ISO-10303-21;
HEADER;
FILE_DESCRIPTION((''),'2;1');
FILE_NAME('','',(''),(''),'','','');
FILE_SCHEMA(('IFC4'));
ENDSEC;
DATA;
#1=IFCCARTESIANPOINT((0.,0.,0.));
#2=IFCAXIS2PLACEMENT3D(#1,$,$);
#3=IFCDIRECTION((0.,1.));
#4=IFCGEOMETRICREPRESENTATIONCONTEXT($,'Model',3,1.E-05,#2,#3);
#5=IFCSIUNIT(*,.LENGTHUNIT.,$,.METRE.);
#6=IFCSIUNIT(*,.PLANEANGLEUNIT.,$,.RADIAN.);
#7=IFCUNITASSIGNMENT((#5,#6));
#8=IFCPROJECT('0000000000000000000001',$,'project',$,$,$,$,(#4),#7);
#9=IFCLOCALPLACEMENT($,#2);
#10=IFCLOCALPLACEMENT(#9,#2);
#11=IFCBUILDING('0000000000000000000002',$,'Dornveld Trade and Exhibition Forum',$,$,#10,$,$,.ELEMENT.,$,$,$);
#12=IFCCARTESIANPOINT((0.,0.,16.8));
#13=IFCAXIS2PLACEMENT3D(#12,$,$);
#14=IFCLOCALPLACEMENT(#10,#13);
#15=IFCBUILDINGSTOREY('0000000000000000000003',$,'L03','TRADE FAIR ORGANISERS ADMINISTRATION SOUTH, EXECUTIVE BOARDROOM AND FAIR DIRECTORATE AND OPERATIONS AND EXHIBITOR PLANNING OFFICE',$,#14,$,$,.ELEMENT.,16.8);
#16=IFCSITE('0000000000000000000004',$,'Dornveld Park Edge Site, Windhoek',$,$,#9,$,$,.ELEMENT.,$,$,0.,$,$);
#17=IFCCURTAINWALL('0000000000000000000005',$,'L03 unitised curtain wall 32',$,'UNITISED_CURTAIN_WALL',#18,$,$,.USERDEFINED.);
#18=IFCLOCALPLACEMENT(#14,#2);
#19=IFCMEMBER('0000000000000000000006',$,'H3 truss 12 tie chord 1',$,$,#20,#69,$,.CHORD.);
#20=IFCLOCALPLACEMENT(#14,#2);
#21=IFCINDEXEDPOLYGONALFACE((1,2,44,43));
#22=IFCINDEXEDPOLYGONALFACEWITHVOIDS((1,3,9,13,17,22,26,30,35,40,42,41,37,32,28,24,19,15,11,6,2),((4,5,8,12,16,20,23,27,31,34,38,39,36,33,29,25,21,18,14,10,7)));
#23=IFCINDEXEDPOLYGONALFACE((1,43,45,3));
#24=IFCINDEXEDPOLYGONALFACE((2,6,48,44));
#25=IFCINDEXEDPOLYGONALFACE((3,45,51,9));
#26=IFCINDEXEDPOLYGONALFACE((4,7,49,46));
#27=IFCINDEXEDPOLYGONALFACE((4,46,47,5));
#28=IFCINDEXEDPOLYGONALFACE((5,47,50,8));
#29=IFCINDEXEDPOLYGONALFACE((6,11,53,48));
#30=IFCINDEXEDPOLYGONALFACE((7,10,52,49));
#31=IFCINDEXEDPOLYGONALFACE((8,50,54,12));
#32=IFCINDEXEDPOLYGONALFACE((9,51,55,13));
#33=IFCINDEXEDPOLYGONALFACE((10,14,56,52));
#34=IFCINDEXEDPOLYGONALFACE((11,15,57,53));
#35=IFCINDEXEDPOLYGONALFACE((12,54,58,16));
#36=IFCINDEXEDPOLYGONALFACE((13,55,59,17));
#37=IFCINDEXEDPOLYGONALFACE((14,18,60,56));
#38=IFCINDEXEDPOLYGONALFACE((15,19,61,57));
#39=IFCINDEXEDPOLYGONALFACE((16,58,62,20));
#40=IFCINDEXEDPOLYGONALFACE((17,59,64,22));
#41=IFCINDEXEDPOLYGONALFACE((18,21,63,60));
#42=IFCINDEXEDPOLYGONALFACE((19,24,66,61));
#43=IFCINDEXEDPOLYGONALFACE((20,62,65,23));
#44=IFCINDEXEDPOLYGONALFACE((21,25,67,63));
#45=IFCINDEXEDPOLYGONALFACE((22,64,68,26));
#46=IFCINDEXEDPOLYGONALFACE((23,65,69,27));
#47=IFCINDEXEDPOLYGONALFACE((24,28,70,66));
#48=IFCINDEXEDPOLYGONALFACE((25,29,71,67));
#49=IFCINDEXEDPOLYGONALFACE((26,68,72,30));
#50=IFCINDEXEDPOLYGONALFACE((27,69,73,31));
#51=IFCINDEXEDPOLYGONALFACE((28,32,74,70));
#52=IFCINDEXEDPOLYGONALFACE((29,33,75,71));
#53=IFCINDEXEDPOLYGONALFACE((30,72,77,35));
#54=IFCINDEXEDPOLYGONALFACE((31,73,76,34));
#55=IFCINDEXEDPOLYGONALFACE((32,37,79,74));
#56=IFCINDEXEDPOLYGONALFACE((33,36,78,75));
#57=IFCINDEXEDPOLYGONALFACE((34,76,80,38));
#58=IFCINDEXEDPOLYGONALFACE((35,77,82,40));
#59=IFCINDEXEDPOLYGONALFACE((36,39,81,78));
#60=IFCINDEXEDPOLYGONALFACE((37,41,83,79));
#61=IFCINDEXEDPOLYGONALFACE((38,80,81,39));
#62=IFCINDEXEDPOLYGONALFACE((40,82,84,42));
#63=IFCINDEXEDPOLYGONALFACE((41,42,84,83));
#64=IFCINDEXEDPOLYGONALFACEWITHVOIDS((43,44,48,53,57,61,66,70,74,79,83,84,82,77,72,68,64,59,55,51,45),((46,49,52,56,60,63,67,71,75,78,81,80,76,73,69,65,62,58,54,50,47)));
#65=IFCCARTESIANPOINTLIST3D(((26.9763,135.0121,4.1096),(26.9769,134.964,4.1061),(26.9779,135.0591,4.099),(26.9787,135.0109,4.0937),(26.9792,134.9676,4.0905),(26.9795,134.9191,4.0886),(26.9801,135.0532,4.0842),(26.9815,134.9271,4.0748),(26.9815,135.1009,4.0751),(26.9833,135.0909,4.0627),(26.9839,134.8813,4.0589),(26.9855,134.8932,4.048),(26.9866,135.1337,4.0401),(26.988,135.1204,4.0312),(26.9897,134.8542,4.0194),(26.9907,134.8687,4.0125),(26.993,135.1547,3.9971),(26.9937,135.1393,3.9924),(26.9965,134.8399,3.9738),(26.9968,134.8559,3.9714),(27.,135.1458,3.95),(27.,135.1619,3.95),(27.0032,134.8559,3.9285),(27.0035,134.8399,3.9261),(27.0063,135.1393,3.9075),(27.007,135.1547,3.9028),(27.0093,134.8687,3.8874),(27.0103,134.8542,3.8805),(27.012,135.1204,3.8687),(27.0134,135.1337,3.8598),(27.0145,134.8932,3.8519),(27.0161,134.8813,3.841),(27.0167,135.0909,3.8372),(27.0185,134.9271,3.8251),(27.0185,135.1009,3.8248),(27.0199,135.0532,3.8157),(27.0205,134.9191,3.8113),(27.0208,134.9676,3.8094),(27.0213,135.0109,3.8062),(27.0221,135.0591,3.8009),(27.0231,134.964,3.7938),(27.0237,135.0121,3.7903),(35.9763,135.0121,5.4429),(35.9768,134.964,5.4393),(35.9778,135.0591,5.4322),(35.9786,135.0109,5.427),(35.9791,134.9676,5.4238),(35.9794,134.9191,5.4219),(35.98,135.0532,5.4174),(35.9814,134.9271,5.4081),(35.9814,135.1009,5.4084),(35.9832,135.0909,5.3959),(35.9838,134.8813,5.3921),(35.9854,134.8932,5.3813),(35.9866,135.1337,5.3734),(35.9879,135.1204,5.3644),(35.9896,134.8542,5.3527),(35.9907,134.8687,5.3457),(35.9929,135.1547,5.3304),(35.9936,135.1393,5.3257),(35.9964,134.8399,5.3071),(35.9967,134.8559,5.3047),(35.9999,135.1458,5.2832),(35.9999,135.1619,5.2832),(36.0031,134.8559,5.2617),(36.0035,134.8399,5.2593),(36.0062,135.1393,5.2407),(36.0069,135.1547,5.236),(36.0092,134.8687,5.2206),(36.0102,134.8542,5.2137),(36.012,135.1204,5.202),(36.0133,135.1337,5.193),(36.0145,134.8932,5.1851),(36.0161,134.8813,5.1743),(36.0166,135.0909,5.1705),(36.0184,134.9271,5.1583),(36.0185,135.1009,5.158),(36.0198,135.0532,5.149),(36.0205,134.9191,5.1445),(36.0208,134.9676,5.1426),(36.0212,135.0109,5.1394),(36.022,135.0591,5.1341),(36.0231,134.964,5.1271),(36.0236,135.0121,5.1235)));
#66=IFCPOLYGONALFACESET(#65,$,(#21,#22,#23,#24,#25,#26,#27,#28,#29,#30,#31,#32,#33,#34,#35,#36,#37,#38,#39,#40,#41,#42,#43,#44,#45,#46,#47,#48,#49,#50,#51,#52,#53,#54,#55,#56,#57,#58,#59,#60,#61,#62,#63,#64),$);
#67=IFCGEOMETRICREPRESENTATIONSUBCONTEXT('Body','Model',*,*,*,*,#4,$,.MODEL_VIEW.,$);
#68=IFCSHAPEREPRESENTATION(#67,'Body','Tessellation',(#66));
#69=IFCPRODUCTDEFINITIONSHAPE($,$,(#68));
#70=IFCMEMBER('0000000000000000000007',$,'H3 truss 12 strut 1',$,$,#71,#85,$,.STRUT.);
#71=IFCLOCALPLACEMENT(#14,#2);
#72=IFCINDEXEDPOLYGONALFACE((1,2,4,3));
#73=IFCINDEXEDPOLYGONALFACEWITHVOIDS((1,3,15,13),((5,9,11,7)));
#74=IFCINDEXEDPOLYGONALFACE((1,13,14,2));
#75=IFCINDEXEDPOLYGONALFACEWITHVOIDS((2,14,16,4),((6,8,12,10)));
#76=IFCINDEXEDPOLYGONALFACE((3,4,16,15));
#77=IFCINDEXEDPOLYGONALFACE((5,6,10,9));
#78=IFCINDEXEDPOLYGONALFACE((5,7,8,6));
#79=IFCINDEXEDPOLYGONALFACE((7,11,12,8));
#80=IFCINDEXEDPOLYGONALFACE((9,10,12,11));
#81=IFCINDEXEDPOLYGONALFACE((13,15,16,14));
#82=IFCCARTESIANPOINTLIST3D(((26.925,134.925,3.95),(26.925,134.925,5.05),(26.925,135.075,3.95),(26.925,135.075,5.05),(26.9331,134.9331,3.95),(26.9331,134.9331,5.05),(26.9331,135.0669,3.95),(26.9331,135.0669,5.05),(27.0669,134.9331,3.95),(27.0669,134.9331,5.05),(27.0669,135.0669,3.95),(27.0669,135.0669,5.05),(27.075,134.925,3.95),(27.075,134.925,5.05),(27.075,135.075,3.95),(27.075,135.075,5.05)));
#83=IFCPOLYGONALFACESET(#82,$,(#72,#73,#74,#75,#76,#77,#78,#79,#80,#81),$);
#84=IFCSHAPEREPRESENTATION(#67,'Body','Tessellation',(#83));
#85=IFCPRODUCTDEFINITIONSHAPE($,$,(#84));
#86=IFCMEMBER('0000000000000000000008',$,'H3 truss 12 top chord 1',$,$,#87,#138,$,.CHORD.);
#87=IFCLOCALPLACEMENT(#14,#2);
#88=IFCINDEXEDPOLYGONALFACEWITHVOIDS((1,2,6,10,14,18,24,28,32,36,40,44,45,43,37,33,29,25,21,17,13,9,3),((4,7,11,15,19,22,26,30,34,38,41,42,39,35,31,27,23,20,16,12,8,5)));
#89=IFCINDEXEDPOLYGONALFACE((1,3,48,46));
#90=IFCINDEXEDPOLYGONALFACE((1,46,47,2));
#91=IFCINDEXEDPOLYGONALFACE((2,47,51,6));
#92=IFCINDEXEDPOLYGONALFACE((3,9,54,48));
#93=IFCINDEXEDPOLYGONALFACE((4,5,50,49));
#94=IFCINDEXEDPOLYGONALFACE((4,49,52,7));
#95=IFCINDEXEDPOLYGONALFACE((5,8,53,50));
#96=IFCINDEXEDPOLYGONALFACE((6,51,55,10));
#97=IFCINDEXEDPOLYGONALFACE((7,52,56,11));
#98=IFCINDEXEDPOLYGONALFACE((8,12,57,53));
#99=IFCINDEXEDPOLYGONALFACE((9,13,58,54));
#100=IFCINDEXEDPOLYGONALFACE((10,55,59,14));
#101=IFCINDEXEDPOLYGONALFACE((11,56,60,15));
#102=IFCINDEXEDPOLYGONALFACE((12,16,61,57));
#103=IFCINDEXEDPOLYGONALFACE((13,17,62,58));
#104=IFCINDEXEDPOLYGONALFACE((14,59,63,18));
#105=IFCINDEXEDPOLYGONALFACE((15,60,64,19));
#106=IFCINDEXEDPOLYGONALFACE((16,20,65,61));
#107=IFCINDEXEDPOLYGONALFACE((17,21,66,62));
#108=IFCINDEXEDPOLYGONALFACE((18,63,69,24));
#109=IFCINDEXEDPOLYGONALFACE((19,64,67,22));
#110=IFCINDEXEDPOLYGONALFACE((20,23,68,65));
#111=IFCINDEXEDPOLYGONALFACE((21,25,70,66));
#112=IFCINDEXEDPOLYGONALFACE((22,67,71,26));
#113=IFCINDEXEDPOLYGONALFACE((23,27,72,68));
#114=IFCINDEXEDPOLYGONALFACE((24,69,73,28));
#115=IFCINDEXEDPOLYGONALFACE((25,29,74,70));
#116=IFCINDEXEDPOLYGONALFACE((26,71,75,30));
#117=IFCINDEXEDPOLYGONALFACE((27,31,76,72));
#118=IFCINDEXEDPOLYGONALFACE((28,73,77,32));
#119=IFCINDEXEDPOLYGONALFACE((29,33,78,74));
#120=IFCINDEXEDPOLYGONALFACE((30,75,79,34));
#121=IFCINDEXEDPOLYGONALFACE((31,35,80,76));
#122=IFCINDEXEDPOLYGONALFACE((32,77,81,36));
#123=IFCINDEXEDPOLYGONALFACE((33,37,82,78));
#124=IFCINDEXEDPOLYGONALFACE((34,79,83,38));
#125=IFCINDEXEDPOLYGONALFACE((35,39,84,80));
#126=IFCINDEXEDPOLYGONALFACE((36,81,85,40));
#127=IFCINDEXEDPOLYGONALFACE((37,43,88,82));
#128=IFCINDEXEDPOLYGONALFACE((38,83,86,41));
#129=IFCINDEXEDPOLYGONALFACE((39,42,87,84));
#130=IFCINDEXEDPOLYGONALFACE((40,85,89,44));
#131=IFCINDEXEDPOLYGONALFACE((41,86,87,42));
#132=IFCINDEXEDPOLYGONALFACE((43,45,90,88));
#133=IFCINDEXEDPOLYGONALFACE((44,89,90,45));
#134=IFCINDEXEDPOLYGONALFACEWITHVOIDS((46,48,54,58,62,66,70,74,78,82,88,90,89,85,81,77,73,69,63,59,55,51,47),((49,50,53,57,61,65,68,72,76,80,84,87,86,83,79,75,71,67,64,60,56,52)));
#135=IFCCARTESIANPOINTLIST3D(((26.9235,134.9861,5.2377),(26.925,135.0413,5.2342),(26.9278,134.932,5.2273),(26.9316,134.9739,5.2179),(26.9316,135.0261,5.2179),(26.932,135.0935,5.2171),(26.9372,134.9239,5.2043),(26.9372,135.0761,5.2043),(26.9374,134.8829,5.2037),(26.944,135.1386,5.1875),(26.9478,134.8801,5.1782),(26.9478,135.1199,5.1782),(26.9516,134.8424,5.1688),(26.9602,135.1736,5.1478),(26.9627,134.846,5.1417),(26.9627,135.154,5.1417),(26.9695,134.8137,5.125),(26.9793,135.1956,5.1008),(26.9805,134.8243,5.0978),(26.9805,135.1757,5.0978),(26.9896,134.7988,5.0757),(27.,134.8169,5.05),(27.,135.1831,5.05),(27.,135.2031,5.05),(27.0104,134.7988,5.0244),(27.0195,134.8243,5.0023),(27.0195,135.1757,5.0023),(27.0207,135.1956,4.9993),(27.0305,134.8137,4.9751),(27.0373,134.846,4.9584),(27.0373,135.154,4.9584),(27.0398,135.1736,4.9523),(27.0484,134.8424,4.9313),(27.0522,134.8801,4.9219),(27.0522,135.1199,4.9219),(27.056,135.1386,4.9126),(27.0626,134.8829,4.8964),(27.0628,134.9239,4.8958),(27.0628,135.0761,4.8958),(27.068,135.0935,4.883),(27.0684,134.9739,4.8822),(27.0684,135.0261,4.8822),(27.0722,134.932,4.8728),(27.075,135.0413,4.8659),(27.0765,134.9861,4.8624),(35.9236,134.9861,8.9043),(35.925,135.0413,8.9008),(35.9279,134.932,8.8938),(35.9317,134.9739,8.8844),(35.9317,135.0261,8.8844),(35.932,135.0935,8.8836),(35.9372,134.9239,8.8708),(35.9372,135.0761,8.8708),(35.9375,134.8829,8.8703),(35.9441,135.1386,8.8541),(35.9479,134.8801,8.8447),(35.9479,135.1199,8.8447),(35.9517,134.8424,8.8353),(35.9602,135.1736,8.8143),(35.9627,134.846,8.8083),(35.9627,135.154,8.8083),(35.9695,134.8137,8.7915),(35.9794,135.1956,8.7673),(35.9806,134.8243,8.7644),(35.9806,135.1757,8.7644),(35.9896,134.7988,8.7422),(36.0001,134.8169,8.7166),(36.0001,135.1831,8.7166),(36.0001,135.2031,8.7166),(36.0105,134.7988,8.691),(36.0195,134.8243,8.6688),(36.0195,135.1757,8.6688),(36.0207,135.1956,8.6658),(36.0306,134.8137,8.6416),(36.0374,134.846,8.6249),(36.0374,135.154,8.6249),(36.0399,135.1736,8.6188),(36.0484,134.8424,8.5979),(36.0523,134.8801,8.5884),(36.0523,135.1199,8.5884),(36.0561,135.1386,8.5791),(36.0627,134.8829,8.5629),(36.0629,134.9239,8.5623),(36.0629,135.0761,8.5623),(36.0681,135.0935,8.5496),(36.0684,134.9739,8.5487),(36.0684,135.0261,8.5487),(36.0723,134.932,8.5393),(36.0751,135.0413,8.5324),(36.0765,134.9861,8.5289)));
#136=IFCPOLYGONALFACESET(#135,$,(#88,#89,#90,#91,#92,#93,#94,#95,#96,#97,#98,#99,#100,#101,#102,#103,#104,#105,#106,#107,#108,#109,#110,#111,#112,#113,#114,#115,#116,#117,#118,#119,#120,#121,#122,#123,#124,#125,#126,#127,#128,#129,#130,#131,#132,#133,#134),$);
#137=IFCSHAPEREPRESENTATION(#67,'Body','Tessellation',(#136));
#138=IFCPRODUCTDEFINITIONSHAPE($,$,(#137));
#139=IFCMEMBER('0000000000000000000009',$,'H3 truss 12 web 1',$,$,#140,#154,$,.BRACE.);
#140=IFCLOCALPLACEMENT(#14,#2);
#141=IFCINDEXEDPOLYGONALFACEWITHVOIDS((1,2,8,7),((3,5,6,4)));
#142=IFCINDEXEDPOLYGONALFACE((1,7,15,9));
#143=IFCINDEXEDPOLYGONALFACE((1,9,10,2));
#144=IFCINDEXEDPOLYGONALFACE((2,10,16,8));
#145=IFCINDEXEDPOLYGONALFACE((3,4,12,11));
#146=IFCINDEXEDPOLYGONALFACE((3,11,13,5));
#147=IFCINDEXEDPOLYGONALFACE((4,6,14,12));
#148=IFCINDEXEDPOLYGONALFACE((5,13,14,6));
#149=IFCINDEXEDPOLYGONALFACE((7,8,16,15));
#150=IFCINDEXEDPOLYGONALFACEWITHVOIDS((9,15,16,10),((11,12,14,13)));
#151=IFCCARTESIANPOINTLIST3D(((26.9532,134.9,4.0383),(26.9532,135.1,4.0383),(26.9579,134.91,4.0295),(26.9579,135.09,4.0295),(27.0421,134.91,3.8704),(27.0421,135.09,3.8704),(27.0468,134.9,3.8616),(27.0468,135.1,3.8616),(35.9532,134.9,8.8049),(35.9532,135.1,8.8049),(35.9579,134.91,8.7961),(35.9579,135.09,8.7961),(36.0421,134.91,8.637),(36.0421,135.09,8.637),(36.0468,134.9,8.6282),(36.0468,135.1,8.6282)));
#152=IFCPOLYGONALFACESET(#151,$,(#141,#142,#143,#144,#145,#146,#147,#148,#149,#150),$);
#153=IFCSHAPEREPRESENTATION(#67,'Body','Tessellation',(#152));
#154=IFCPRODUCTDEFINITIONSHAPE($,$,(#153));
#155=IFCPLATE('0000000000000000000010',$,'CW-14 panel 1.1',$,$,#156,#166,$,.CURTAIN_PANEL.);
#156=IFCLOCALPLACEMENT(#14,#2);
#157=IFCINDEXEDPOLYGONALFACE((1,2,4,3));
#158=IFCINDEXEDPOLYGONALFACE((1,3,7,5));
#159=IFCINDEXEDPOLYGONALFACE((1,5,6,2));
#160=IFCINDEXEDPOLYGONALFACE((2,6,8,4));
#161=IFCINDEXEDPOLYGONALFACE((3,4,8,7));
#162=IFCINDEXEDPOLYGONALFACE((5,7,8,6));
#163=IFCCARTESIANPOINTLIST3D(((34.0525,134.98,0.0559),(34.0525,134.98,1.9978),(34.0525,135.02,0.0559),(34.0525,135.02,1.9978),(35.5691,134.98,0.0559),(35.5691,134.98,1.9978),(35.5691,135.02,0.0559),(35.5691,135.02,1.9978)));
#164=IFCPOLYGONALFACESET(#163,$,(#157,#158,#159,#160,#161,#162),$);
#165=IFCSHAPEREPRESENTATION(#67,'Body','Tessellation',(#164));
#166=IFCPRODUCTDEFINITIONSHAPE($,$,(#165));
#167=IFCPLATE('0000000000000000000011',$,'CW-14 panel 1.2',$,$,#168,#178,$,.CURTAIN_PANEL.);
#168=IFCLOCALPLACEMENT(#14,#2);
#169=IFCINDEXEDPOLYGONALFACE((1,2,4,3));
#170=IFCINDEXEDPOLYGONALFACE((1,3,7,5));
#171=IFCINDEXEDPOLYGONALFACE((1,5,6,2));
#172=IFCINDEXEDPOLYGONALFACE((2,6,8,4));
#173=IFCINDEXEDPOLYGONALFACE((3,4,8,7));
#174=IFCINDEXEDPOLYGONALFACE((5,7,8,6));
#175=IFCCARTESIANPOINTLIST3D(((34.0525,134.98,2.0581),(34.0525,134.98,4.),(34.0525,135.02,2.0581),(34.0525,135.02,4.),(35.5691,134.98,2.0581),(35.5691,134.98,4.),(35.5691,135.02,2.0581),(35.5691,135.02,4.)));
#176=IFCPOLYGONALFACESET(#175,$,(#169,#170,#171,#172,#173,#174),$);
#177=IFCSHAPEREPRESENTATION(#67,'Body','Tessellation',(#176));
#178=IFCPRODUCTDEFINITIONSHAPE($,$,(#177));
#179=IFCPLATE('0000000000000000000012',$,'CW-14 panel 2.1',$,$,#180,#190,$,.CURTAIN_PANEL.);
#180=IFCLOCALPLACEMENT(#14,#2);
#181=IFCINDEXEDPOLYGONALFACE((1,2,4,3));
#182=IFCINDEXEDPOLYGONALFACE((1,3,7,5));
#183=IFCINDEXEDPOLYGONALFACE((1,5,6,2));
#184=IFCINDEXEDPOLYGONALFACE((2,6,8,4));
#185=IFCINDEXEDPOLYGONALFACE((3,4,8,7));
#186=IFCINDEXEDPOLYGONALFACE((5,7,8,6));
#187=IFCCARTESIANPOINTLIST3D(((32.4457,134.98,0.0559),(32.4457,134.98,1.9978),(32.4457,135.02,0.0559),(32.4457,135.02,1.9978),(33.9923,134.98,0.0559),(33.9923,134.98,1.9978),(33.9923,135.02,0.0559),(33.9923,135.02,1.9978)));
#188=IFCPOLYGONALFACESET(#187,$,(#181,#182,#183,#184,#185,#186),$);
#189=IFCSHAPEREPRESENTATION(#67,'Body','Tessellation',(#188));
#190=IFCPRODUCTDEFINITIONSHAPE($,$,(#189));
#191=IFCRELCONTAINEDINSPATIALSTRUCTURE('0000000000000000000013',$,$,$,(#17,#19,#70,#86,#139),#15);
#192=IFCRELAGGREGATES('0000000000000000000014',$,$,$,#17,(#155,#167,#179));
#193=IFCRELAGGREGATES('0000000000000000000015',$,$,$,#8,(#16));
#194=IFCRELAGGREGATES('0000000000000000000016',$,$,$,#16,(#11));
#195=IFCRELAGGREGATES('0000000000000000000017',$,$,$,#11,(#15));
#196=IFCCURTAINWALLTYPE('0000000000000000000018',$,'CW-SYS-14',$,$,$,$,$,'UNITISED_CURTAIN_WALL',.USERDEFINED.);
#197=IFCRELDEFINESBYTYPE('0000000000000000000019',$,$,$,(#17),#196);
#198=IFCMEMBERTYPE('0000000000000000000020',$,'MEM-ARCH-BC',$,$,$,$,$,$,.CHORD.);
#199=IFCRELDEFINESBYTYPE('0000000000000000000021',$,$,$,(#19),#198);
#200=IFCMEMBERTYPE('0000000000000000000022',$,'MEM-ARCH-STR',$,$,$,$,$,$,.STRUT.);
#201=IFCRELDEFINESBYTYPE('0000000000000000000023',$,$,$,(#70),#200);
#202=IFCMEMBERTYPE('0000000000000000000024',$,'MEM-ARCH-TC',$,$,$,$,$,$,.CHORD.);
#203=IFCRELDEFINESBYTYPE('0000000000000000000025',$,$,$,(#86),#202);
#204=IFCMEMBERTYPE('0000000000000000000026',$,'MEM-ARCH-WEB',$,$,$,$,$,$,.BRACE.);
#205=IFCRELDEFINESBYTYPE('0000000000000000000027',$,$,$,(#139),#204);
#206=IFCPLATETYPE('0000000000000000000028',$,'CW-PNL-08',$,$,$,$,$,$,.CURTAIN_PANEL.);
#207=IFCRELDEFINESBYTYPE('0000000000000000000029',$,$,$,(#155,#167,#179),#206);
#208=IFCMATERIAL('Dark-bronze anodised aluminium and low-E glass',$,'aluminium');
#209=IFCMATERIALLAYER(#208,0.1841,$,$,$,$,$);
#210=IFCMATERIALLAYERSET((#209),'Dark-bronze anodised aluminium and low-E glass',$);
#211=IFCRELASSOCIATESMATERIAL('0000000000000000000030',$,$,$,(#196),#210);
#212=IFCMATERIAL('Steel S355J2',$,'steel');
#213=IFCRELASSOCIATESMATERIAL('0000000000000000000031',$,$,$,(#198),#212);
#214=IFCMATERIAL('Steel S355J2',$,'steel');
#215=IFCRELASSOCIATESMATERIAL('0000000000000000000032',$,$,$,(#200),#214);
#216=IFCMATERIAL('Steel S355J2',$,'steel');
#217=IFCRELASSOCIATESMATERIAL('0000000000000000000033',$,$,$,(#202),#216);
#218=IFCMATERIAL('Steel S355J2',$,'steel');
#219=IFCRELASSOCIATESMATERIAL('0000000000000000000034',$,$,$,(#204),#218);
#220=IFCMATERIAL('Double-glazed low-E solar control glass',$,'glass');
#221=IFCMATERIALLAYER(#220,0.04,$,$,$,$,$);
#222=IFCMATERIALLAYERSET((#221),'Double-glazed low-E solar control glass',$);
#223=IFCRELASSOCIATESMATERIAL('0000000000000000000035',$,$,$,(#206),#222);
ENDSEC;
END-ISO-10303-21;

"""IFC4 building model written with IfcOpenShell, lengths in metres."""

from ifc_helpers import new_model, si_unit, direction, frame, origin, origin_2d, place, context, subcontext, project, spatial, rectangle, hollow_rectangle, hollow_circle, extrude, material, layer, layer_set, material_profile, profile_set, type_object, element, aggregate, save


model = new_model("IFC4")

# Units and contexts
model_context = context("Model", 3, precision=1e-05, world=origin(), true_north=direction((0.0, 1.0)))
body_context = subcontext(model_context, "Body", "Model", "MODEL_VIEW")
ifc_project = project(units=[si_unit("LENGTHUNIT", "METRE"), si_unit("PLANEANGLEUNIT", "RADIAN")], contexts=[model_context])

# Site, building, storey
site_placement = place(None, origin())
site = spatial("IfcSite", under=ifc_project, at=site_placement, Name="Dornveld Park Edge Site, Windhoek", CompositionType="ELEMENT", RefElevation=0.0)
building_placement = place(site_placement, origin())
building = spatial("IfcBuilding", under=site, at=building_placement, Name="Dornveld Trade and Exhibition Forum", CompositionType="ELEMENT")
storey_placement = place(building_placement, frame((0.0, 0.0, 16.8)))
storey = spatial("IfcBuildingStorey", under=building, at=storey_placement, Name="L03", Description="TRADE FAIR ORGANISERS ADMINISTRATION SOUTH, EXECUTIVE BOARDROOM AND FAIR DIRECTORATE AND OPERATIONS AND EXHIBITOR PLANNING OFFICE", CompositionType="ELEMENT", Elevation=16.8)

# Curtain wall
ifc_material_1 = material(Name="Dark-bronze anodised aluminium and low-E glass", Category="aluminium")
ifc_layer_1 = layer(ifc_material_1, 0.1841)
ifc_layer_set_1 = layer_set([ifc_layer_1], Name="Dark-bronze anodised aluminium and low-E glass")
curtain_wall_type = type_object("IfcCurtainWallType", Name="CW-SYS-14", ElementType="UNITISED_CURTAIN_WALL", PredefinedType="USERDEFINED", material=ifc_layer_set_1)
curtain_wall_placement = place(storey_placement, origin())
curtain_wall = element("IfcCurtainWall", 1, at=curtain_wall_placement, inside=storey, type_object=curtain_wall_type, Name="L03 unitised curtain wall 32", ObjectType="UNITISED_CURTAIN_WALL", PredefinedType="USERDEFINED")

# Members
ifc_material_2 = material(Name="Steel S355J2", Category="steel")
ifc_material_profile_1 = material_profile(ifc_material_2, hollow_circle(Radius=0.1619, WallThickness=0.0161, at=origin_2d()), Name="CHS 323.9x16")
ifc_profile_set_1 = profile_set([ifc_material_profile_1], Name="Steel S355J2")
member_type_1 = type_object("IfcMemberType", Name="MEM-ARCH-BC", PredefinedType="CHORD", material=ifc_profile_set_1)
member_1_placement = place(storey_placement, frame((27.0, 135.0, 3.95), z_axis=(0.989205, 0.0, 0.14654), x_axis=(0.0, 1.0, 0.0)))
element("IfcMember", 2, at=member_1_placement, inside=storey, type_object=member_type_1, Name="H3 truss 12 tie chord 1", PredefinedType="CHORD", context=body_context, shape_type="SweptSolid", body=[
    extrude(hollow_circle(Radius=0.1619, WallThickness=0.0161, at=origin_2d()), origin(), (0.0, 0.0, 1.0), 9.0981),
])
ifc_material_3 = material(Name="Steel S355J2", Category="steel")
ifc_material_profile_2 = material_profile(ifc_material_3, hollow_rectangle(XDim=0.1499, YDim=0.1499, WallThickness=0.0081, at=origin_2d()), Name="SHS 150x150x8")
ifc_profile_set_2 = profile_set([ifc_material_profile_2], Name="Steel S355J2")
member_type_2 = type_object("IfcMemberType", Name="MEM-ARCH-STR", PredefinedType="STRUT", material=ifc_profile_set_2)
member_2_placement = place(storey_placement, frame((27.0, 135.0, 3.95), z_axis=(0.0, 0.0, 1.0), x_axis=(1.0, 0.0, 0.0)))
element("IfcMember", 3, at=member_2_placement, inside=storey, type_object=member_type_2, Name="H3 truss 12 strut 1", PredefinedType="STRUT", context=body_context, shape_type="SweptSolid", body=[
    extrude(hollow_rectangle(XDim=0.1499, YDim=0.1499, WallThickness=0.0081, at=origin_2d()), origin(), (0.0, 0.0, 1.0), 1.1001),
])
ifc_material_4 = material(Name="Steel S355J2", Category="steel")
ifc_material_profile_3 = material_profile(ifc_material_4, hollow_circle(Radius=0.2031, WallThickness=0.02, at=origin_2d()), Name="CHS 406.4x20")
ifc_profile_set_3 = profile_set([ifc_material_profile_3], Name="Steel S355J2")
member_type_3 = type_object("IfcMemberType", Name="MEM-ARCH-TC", PredefinedType="CHORD", material=ifc_profile_set_3)
member_3_placement = place(storey_placement, frame((27.0, 135.0, 5.05), z_axis=(0.926098, 0.0, 0.377283), x_axis=(0.0, 1.0, 0.0)))
element("IfcMember", 4, at=member_3_placement, inside=storey, type_object=member_type_3, Name="H3 truss 12 top chord 1", PredefinedType="CHORD", context=body_context, shape_type="SweptSolid", body=[
    extrude(hollow_circle(Radius=0.2031, WallThickness=0.02, at=origin_2d()), origin(), (0.0, 0.0, 1.0), 9.7183),
])
ifc_material_5 = material(Name="Steel S355J2", Category="steel")
ifc_material_profile_4 = material_profile(ifc_material_5, hollow_rectangle(XDim=0.2, YDim=0.2, WallThickness=0.01, at=origin_2d()), Name="SHS 200x200x10")
ifc_profile_set_4 = profile_set([ifc_material_profile_4], Name="Steel S355J2")
member_type_4 = type_object("IfcMemberType", Name="MEM-ARCH-WEB", PredefinedType="BRACE", material=ifc_profile_set_4)
member_4_placement = place(storey_placement, frame((27.0, 135.0, 3.95), z_axis=(0.883711, 0.0, 0.468033), x_axis=(0.0, 1.0, 0.0)))
element("IfcMember", 5, at=member_4_placement, inside=storey, type_object=member_type_4, Name="H3 truss 12 web 1", PredefinedType="BRACE", context=body_context, shape_type="SweptSolid", body=[
    extrude(hollow_rectangle(XDim=0.2, YDim=0.2, WallThickness=0.01, at=origin_2d()), origin(), (0.0, 0.0, 1.0), 10.1843),
])

# Plates
ifc_material_6 = material(Name="Double-glazed low-E solar control glass", Category="glass")
ifc_layer_2 = layer(ifc_material_6, 0.04)
ifc_layer_set_2 = layer_set([ifc_layer_2], Name="Double-glazed low-E solar control glass")
plate_type_1 = type_object("IfcPlateType", Name="CW-PNL-08", PredefinedType="CURTAIN_PANEL", material=ifc_layer_set_2)
plate_1_placement = place(storey_placement, frame((34.8108, 135.0, 0.0559), z_axis=(0.0, 0.0, 1.0), x_axis=(-1.0, 0.0, 0.0)))
plate_1 = element("IfcPlate", 6, at=plate_1_placement, type_object=plate_type_1, Name="CW-14 panel 1.1", PredefinedType="CURTAIN_PANEL", context=body_context, shape_type="SweptSolid", body=[
    extrude(rectangle(XDim=1.5166, YDim=0.04, at=origin_2d()), origin(), (0.0, 0.0, 1.0), 1.9419),
])
plate_2_placement = place(storey_placement, frame((34.8108, 135.0, 2.0581), z_axis=(0.0, 0.0, 1.0), x_axis=(-1.0, 0.0, 0.0)))
plate_2 = element("IfcPlate", 7, at=plate_2_placement, type_object=plate_type_1, Name="CW-14 panel 1.2", PredefinedType="CURTAIN_PANEL", context=body_context, shape_type="SweptSolid", body=[
    extrude(rectangle(XDim=1.5166, YDim=0.04, at=origin_2d()), origin(), (0.0, 0.0, 1.0), 1.9419),
])
plate_3_placement = place(storey_placement, frame((33.219, 135.0, 0.0559), z_axis=(0.0, 0.0, 1.0), x_axis=(-1.0, 0.0, 0.0)))
plate_3 = element("IfcPlate", 8, at=plate_3_placement, type_object=plate_type_1, Name="CW-14 panel 2.1", PredefinedType="CURTAIN_PANEL", context=body_context, shape_type="SweptSolid", body=[
    extrude(rectangle(XDim=1.5466, YDim=0.04, at=origin_2d()), origin(), (0.0, 0.0, 1.0), 1.9419),
])
aggregate(curtain_wall, [plate_1, plate_2, plate_3])

save(model, "model.ifc")
